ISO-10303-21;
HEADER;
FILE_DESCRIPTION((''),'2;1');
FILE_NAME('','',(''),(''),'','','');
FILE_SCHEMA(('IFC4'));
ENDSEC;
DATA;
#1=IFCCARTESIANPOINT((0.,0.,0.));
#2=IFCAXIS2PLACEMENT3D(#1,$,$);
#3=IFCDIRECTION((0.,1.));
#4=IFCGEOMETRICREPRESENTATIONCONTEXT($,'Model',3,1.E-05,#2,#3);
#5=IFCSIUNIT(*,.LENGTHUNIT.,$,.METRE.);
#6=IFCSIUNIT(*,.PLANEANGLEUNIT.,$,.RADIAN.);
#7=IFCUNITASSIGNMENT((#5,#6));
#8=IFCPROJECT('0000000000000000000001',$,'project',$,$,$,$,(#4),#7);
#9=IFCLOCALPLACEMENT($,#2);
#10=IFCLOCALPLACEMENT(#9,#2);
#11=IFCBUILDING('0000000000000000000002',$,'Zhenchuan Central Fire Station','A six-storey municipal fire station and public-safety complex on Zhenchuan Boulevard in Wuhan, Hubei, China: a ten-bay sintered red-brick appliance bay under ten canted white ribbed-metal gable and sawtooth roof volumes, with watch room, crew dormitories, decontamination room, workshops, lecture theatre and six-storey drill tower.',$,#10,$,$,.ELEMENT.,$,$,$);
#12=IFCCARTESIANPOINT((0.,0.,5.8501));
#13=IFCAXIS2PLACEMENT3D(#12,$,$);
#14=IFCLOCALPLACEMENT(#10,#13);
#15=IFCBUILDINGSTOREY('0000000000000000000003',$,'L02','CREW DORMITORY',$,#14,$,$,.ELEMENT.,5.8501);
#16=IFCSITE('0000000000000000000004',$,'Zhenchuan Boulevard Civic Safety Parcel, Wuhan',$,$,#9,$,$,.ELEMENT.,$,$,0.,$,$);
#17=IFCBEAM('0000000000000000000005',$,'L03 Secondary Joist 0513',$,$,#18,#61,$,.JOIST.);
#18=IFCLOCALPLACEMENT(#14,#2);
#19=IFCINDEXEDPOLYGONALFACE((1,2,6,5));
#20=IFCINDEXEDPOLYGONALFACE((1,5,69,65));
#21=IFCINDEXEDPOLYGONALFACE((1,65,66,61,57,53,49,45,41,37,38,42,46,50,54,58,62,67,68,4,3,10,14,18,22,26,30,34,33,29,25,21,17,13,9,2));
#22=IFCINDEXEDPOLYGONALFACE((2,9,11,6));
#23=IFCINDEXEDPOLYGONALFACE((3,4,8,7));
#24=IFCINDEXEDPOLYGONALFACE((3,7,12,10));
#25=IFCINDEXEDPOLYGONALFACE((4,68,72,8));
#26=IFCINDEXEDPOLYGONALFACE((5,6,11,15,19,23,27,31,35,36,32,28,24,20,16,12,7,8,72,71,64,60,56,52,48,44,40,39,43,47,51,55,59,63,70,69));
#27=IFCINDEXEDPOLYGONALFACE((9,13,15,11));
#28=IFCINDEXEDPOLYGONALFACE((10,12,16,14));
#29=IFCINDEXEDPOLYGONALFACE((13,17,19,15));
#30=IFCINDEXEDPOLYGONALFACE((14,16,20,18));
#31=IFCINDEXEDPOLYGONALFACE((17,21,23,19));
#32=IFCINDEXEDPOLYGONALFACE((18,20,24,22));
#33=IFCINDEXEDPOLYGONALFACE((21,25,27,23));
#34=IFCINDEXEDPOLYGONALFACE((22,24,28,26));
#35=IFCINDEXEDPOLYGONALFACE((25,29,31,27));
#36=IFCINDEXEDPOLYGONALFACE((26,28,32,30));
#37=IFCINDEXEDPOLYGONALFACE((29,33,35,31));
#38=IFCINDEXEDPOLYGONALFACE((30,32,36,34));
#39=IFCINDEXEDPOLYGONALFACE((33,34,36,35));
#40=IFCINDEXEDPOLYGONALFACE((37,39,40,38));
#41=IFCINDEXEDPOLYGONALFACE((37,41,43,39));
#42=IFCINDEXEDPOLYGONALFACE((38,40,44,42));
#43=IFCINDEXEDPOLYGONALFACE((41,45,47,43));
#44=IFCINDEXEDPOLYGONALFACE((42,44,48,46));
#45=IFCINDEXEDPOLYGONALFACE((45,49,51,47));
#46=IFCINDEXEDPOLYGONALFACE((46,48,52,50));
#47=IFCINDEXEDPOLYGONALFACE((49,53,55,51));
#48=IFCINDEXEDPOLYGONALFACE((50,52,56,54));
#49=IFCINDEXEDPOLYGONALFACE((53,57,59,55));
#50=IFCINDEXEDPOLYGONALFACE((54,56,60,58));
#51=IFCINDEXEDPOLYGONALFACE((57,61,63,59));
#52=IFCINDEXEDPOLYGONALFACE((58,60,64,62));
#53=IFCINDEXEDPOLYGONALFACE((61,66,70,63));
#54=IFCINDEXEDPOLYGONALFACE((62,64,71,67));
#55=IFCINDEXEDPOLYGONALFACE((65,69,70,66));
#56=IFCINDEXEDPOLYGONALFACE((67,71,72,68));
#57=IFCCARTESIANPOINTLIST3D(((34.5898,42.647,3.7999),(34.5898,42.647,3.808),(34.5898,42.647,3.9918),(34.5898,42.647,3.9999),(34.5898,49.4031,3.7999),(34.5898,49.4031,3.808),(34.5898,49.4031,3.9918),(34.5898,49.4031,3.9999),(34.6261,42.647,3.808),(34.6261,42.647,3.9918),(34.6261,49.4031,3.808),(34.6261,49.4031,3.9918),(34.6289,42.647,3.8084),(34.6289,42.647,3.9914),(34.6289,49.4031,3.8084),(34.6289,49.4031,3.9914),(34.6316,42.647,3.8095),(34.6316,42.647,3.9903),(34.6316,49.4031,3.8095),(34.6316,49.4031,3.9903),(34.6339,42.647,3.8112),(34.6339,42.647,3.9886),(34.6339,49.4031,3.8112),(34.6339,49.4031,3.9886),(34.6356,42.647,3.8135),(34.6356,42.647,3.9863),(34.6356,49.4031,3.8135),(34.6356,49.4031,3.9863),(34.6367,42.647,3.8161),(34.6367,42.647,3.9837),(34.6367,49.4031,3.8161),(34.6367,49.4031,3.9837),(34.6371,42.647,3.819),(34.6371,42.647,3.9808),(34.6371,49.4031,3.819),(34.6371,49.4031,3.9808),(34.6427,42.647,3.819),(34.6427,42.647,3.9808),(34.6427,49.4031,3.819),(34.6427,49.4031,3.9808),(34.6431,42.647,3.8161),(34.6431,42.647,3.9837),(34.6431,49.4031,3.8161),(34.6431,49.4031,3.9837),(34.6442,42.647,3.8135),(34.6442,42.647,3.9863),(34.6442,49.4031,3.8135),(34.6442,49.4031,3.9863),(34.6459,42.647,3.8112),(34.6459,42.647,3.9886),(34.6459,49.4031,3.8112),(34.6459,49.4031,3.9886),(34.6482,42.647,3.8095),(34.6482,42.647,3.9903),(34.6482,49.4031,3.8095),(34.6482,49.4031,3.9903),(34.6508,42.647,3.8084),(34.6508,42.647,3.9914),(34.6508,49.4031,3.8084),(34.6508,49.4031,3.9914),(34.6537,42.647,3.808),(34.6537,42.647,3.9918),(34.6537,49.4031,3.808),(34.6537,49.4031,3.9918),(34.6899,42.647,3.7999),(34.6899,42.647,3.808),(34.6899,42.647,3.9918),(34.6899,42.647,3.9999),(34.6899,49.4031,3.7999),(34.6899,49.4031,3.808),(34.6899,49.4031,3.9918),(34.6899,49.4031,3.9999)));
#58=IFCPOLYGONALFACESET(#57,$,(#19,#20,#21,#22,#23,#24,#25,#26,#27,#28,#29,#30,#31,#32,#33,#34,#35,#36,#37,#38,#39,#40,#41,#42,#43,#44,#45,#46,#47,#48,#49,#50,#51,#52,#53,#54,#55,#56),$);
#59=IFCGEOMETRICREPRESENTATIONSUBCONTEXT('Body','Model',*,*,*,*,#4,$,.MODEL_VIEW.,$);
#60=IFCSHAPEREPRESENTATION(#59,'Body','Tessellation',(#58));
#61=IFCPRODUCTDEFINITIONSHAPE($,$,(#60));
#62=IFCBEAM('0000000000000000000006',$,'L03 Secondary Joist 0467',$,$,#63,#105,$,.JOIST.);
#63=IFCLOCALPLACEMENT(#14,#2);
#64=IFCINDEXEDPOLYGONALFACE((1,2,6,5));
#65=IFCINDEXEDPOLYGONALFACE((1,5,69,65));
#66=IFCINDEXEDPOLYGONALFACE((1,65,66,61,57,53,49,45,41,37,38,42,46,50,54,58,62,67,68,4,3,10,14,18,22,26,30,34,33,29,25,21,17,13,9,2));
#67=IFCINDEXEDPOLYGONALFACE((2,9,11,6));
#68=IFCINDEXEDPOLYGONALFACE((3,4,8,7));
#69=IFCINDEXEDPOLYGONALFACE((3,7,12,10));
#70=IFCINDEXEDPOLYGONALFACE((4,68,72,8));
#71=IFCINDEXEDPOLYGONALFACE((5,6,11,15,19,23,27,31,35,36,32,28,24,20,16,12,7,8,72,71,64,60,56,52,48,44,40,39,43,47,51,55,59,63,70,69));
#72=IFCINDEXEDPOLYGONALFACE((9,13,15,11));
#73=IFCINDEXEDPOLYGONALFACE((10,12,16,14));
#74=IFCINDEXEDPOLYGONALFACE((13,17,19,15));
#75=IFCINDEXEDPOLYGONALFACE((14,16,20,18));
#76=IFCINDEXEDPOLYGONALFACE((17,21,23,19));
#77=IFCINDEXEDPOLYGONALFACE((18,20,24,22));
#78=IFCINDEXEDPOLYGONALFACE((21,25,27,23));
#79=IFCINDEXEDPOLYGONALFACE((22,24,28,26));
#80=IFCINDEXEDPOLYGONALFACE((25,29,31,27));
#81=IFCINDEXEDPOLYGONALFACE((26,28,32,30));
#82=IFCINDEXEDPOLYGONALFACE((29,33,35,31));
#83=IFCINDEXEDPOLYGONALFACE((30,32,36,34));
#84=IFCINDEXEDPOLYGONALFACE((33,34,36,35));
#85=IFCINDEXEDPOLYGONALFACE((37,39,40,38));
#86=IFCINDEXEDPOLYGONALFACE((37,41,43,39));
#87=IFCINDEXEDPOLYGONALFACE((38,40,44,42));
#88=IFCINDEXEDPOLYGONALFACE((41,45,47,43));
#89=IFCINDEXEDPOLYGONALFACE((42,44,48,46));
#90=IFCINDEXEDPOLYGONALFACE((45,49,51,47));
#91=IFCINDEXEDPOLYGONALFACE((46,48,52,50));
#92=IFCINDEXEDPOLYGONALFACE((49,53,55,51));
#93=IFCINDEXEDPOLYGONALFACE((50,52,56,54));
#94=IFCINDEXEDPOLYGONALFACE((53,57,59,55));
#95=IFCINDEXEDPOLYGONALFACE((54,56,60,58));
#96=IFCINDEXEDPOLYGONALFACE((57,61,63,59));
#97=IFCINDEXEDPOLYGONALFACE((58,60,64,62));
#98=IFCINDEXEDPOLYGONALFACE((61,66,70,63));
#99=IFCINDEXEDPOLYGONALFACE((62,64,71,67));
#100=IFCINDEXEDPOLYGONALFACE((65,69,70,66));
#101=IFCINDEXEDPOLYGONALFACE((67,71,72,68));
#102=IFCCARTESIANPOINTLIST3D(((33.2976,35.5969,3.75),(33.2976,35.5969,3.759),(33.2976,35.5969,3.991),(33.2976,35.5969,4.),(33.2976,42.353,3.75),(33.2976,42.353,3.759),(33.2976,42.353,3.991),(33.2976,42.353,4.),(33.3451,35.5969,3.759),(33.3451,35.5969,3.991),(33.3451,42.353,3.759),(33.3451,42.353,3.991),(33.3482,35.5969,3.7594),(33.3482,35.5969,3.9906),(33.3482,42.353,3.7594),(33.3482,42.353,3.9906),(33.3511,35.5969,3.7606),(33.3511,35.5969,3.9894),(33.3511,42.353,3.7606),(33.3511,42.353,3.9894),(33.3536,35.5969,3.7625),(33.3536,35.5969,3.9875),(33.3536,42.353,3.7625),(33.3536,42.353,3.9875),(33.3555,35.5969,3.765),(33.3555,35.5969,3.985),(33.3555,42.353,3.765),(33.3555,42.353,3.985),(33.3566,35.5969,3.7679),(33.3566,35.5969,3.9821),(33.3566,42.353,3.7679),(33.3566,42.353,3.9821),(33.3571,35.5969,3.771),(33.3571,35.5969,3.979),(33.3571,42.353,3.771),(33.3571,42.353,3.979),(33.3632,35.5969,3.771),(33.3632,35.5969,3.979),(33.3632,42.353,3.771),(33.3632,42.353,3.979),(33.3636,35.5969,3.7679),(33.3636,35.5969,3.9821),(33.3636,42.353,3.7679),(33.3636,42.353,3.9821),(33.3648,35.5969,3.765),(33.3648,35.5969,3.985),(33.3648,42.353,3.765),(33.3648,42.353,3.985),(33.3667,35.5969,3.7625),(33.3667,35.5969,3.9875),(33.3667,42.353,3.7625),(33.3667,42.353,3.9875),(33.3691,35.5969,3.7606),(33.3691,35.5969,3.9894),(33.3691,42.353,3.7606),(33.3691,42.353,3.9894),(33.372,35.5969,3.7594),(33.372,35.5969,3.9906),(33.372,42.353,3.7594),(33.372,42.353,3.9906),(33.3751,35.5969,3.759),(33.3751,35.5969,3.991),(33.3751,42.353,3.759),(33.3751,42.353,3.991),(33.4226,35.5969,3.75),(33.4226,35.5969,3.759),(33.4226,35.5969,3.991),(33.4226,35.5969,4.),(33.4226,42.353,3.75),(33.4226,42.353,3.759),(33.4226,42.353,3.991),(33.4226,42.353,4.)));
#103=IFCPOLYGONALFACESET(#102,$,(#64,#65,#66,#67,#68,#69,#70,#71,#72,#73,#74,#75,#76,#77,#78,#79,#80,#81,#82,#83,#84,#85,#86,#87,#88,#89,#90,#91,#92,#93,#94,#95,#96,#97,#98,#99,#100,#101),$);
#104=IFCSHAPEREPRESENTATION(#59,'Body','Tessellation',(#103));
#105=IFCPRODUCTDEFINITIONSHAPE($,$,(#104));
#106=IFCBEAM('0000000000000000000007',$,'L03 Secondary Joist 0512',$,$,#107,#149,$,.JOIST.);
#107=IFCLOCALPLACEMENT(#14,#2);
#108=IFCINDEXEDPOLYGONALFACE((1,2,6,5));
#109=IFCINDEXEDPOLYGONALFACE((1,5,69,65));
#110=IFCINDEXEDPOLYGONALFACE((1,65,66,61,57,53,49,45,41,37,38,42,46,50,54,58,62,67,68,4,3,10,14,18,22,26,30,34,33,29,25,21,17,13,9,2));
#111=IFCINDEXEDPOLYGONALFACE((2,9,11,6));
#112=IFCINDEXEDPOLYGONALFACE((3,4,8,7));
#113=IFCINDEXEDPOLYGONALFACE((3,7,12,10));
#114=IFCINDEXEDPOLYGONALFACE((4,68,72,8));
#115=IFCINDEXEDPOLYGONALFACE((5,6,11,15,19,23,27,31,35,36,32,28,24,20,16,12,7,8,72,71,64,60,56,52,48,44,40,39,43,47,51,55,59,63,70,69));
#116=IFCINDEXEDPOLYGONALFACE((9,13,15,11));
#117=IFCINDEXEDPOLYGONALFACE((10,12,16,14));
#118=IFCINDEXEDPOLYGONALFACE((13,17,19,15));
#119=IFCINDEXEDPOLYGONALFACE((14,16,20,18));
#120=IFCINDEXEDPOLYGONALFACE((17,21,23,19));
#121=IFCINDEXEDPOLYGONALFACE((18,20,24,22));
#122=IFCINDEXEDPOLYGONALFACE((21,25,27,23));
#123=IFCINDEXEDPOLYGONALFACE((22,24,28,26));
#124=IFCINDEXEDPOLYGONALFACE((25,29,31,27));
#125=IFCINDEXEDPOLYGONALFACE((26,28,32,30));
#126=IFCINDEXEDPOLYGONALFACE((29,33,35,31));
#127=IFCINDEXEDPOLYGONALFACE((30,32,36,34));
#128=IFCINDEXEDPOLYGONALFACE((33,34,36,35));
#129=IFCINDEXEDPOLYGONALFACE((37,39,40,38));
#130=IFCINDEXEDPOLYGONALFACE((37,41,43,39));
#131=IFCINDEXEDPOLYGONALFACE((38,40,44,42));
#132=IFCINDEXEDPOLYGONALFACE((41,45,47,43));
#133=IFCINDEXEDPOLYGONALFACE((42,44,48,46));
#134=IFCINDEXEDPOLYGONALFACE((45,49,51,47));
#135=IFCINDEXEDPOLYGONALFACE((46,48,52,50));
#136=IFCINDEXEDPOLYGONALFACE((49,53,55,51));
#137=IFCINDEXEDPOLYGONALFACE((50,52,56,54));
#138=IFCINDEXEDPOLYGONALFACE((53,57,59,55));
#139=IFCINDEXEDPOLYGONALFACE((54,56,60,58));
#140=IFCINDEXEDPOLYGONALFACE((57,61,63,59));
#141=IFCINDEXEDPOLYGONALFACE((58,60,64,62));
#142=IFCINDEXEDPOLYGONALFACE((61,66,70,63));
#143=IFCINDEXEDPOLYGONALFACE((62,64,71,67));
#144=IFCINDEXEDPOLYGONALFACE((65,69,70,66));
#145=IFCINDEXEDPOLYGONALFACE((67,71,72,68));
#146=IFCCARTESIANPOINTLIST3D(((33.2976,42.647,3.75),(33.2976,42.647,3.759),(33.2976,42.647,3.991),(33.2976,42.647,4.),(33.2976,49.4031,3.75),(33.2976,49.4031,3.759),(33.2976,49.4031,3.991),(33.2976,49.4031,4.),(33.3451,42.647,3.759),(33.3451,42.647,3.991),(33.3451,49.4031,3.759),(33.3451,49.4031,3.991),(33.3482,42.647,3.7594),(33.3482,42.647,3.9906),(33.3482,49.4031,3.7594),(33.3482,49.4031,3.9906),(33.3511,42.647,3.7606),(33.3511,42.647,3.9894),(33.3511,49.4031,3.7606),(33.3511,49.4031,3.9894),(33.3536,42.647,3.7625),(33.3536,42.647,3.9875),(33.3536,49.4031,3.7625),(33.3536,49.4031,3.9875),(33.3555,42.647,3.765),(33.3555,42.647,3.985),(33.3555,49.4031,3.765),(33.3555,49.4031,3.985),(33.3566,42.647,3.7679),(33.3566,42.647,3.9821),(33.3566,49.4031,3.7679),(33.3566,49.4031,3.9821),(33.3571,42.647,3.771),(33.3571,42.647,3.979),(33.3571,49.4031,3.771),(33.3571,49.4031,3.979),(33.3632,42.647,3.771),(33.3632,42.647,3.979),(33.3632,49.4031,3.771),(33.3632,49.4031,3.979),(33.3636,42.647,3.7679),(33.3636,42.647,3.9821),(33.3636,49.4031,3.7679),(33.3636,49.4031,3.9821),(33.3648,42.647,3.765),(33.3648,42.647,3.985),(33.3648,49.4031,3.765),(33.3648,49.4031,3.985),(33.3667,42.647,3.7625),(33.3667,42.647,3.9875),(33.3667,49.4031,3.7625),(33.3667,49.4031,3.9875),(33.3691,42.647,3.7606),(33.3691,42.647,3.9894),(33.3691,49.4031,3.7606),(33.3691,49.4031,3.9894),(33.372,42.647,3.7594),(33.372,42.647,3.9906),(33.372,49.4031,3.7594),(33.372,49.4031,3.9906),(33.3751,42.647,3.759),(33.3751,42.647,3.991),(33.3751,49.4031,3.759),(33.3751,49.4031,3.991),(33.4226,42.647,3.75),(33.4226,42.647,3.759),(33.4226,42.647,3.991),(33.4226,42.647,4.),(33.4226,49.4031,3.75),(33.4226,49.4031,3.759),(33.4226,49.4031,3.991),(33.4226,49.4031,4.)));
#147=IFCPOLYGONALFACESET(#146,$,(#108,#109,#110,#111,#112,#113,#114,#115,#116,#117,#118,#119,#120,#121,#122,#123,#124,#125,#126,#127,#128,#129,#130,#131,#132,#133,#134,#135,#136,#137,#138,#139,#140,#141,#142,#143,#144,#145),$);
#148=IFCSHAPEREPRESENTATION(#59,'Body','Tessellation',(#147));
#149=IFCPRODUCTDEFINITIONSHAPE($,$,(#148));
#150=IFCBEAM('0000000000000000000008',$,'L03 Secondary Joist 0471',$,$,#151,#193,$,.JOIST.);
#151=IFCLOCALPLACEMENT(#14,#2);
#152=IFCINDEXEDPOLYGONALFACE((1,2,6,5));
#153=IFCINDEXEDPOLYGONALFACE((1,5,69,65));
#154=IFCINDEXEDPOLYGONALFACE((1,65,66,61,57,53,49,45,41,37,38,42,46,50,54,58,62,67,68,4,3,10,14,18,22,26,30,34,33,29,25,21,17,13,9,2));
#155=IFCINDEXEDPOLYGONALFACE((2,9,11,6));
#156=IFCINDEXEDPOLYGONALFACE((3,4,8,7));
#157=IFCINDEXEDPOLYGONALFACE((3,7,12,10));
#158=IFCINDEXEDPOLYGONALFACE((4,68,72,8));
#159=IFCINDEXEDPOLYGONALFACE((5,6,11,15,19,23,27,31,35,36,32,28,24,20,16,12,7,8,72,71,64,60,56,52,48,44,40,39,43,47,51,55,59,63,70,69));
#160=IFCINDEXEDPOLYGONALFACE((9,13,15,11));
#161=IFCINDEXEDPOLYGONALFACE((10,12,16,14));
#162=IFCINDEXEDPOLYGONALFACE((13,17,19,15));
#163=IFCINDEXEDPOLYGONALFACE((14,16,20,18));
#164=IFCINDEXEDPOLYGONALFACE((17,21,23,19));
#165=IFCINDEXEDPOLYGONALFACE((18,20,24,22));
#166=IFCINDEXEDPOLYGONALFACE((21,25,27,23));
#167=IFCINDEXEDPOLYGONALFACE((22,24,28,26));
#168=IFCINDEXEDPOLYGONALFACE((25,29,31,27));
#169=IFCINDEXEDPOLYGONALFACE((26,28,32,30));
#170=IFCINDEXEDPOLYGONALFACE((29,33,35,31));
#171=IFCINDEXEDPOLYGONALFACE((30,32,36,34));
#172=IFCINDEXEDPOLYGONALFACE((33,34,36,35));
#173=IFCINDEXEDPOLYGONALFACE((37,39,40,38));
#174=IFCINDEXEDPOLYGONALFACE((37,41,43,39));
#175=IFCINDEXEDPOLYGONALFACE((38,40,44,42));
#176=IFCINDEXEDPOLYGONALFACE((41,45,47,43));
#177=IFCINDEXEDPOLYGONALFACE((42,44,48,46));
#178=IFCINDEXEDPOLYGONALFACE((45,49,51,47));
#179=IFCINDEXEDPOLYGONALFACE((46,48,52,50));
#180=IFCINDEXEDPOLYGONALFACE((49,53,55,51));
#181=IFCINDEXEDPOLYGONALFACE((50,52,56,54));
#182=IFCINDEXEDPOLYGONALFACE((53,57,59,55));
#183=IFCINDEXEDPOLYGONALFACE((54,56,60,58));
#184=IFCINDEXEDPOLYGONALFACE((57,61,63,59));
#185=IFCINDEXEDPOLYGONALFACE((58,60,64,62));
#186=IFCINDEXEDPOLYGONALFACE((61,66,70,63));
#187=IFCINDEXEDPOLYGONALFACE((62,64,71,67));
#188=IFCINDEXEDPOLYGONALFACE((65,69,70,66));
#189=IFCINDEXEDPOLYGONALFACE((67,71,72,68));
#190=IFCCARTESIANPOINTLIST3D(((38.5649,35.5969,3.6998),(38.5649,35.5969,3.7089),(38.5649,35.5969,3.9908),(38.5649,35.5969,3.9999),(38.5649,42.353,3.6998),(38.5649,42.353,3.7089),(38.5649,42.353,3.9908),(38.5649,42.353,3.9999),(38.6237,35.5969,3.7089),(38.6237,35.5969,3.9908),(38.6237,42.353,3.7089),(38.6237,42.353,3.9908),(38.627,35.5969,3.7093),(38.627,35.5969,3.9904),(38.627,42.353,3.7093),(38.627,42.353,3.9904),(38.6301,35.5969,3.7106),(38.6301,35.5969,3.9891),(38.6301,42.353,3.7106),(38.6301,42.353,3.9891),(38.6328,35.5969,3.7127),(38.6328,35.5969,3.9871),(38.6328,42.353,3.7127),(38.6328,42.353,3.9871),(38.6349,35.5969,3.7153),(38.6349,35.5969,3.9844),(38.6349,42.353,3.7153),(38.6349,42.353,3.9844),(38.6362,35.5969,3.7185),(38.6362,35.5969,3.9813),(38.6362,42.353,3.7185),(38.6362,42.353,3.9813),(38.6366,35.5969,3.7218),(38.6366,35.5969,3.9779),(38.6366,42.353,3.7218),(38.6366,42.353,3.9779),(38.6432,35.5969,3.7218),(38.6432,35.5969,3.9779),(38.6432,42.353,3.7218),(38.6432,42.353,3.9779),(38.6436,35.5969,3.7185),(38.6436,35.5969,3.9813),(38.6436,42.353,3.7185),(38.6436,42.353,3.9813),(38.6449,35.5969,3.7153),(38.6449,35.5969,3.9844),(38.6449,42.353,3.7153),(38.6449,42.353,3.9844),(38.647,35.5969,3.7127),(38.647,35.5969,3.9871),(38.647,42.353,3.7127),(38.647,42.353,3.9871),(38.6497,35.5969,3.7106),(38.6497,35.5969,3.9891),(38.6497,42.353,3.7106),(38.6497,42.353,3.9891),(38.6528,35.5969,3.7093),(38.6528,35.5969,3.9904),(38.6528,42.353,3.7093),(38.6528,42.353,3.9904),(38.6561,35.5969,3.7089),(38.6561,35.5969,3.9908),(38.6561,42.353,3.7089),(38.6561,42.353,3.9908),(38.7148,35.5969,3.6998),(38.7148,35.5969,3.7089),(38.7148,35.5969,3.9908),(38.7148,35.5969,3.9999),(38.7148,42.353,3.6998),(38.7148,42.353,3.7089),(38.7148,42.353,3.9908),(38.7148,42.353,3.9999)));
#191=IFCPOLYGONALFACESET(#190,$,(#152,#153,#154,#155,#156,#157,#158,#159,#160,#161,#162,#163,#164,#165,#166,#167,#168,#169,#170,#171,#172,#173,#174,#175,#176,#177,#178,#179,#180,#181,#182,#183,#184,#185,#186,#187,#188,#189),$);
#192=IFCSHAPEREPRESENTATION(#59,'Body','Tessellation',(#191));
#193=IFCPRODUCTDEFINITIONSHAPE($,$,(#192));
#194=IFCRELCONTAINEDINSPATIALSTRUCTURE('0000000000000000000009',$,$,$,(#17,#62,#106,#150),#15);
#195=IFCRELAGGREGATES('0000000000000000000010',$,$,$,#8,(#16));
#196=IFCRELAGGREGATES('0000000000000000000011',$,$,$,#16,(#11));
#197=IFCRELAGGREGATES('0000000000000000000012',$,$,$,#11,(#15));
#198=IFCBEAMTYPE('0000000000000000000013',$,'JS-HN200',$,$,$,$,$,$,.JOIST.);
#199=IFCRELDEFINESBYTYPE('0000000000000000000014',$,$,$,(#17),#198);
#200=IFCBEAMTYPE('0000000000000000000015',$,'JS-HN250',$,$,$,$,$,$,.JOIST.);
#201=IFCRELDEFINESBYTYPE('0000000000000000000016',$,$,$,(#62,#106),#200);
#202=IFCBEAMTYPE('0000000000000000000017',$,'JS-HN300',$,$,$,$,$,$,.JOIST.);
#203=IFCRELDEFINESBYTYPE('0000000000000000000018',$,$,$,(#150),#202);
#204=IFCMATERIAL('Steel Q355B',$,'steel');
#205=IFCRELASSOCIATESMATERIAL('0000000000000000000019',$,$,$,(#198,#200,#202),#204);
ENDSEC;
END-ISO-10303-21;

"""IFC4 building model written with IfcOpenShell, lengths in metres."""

from ifc_helpers import new_model, si_unit, direction, frame, origin, origin_2d, place, context, subcontext, project, spatial, i_section, extrude, material, material_profile, profile_set, type_object, element, save


model = new_model("IFC4")

# Units and contexts
model_context = context("Model", 3, precision=1e-05, world=origin(), true_north=direction((0.0, 1.0)))
body_context = subcontext(model_context, "Body", "Model", "MODEL_VIEW")
ifc_project = project(units=[si_unit("LENGTHUNIT", "METRE"), si_unit("PLANEANGLEUNIT", "RADIAN")], contexts=[model_context])

# Site, building, storey
site_placement = place(None, origin())
site = spatial("IfcSite", under=ifc_project, at=site_placement, Name="Zhenchuan Boulevard Civic Safety Parcel, Wuhan", CompositionType="ELEMENT", RefElevation=0.0)
building_placement = place(site_placement, origin())
building = spatial("IfcBuilding", under=site, at=building_placement, Name="Zhenchuan Central Fire Station", Description="A six-storey municipal fire station and public-safety complex on Zhenchuan Boulevard in Wuhan, Hubei, China: a ten-bay sintered red-brick appliance bay under ten canted white ribbed-metal gable and sawtooth roof volumes, with watch room, crew dormitories, decontamination room, workshops, lecture theatre and six-storey drill tower.", CompositionType="ELEMENT")
storey_placement = place(building_placement, frame((0.0, 0.0, 5.8501)))
storey = spatial("IfcBuildingStorey", under=building, at=storey_placement, Name="L02", Description="CREW DORMITORY", CompositionType="ELEMENT", Elevation=5.8501)

# Shared definitions
ifc_material_1 = material(Name="Steel Q355B", Category="steel")

# Beams
ifc_material_profile_1 = material_profile(ifc_material_1, i_section(OverallWidth=0.1001, OverallDepth=0.2, WebThickness=0.0056, FlangeThickness=0.0081, FilletRadius=0.011, at=origin_2d()), Name="HN 200x100")
ifc_profile_set_1 = profile_set([ifc_material_profile_1], Name="Steel Q355B")
beam_type_1 = type_object("IfcBeamType", Name="JS-HN200", PredefinedType="JOIST", material=ifc_profile_set_1)
beam_1_placement = place(storey_placement, frame((34.6399, 42.647, 3.8999), z_axis=(0.0, 1.0, 0.0), x_axis=(-1.0, 0.0, 0.0)))
element("IfcBeam", 1, at=beam_1_placement, inside=storey, type_object=beam_type_1, Name="L03 Secondary Joist 0513", PredefinedType="JOIST", context=body_context, shape_type="SweptSolid", body=[
    extrude(i_section(OverallWidth=0.1001, OverallDepth=0.2, WebThickness=0.0056, FlangeThickness=0.0081, FilletRadius=0.011, at=origin_2d()), origin(), (0.0, 0.0, 1.0), 6.7561),
])
ifc_material_profile_2 = material_profile(ifc_material_1, i_section(OverallWidth=0.125, OverallDepth=0.25, WebThickness=0.0061, FlangeThickness=0.009, FilletRadius=0.012, at=origin_2d()), Name="HN 250x125")
ifc_profile_set_2 = profile_set([ifc_material_profile_2], Name="Steel Q355B")
beam_type_2 = type_object("IfcBeamType", Name="JS-HN250", PredefinedType="JOIST", material=ifc_profile_set_2)
for number, where, z_axis, x_axis, name in (
    (2, (33.3601, 35.5969, 3.875), (0.0, 1.0, 0.0), (-1.0, 0.0, 0.0), "L03 Secondary Joist 0467"),
    (3, (33.3601, 42.647, 3.875), (0.0, 1.0, 0.0), (-1.0, 0.0, 0.0), "L03 Secondary Joist 0512"),
):
    element("IfcBeam", number, at=place(storey_placement, frame(where, z_axis=z_axis, x_axis=x_axis)), inside=storey, type_object=beam_type_2, Name=name, PredefinedType="JOIST", context=body_context, shape_type="SweptSolid", body=[
        extrude(i_section(OverallWidth=0.125, OverallDepth=0.25, WebThickness=0.0061, FlangeThickness=0.009, FilletRadius=0.012, at=origin_2d()), origin(), (0.0, 0.0, 1.0), 6.7561),
    ])
ifc_material_profile_3 = material_profile(ifc_material_1, i_section(OverallWidth=0.1499, OverallDepth=0.3, WebThickness=0.0066, FlangeThickness=0.009, FilletRadius=0.0129, at=origin_2d()), Name="HN 300x150")
ifc_profile_set_3 = profile_set([ifc_material_profile_3], Name="Steel Q355B")
beam_type_3 = type_object("IfcBeamType", Name="JS-HN300", PredefinedType="JOIST", material=ifc_profile_set_3)
beam_2_placement = place(storey_placement, frame((38.6399, 35.5969, 3.8499), z_axis=(0.0, 1.0, 0.0), x_axis=(-1.0, 0.0, 0.0)))
element("IfcBeam", 4, at=beam_2_placement, inside=storey, type_object=beam_type_3, Name="L03 Secondary Joist 0471", PredefinedType="JOIST", context=body_context, shape_type="SweptSolid", body=[
    extrude(i_section(OverallWidth=0.1499, OverallDepth=0.3, WebThickness=0.0066, FlangeThickness=0.009, FilletRadius=0.0129, at=origin_2d()), origin(), (0.0, 0.0, 1.0), 6.7561),
])

save(model, "model.ifc")
